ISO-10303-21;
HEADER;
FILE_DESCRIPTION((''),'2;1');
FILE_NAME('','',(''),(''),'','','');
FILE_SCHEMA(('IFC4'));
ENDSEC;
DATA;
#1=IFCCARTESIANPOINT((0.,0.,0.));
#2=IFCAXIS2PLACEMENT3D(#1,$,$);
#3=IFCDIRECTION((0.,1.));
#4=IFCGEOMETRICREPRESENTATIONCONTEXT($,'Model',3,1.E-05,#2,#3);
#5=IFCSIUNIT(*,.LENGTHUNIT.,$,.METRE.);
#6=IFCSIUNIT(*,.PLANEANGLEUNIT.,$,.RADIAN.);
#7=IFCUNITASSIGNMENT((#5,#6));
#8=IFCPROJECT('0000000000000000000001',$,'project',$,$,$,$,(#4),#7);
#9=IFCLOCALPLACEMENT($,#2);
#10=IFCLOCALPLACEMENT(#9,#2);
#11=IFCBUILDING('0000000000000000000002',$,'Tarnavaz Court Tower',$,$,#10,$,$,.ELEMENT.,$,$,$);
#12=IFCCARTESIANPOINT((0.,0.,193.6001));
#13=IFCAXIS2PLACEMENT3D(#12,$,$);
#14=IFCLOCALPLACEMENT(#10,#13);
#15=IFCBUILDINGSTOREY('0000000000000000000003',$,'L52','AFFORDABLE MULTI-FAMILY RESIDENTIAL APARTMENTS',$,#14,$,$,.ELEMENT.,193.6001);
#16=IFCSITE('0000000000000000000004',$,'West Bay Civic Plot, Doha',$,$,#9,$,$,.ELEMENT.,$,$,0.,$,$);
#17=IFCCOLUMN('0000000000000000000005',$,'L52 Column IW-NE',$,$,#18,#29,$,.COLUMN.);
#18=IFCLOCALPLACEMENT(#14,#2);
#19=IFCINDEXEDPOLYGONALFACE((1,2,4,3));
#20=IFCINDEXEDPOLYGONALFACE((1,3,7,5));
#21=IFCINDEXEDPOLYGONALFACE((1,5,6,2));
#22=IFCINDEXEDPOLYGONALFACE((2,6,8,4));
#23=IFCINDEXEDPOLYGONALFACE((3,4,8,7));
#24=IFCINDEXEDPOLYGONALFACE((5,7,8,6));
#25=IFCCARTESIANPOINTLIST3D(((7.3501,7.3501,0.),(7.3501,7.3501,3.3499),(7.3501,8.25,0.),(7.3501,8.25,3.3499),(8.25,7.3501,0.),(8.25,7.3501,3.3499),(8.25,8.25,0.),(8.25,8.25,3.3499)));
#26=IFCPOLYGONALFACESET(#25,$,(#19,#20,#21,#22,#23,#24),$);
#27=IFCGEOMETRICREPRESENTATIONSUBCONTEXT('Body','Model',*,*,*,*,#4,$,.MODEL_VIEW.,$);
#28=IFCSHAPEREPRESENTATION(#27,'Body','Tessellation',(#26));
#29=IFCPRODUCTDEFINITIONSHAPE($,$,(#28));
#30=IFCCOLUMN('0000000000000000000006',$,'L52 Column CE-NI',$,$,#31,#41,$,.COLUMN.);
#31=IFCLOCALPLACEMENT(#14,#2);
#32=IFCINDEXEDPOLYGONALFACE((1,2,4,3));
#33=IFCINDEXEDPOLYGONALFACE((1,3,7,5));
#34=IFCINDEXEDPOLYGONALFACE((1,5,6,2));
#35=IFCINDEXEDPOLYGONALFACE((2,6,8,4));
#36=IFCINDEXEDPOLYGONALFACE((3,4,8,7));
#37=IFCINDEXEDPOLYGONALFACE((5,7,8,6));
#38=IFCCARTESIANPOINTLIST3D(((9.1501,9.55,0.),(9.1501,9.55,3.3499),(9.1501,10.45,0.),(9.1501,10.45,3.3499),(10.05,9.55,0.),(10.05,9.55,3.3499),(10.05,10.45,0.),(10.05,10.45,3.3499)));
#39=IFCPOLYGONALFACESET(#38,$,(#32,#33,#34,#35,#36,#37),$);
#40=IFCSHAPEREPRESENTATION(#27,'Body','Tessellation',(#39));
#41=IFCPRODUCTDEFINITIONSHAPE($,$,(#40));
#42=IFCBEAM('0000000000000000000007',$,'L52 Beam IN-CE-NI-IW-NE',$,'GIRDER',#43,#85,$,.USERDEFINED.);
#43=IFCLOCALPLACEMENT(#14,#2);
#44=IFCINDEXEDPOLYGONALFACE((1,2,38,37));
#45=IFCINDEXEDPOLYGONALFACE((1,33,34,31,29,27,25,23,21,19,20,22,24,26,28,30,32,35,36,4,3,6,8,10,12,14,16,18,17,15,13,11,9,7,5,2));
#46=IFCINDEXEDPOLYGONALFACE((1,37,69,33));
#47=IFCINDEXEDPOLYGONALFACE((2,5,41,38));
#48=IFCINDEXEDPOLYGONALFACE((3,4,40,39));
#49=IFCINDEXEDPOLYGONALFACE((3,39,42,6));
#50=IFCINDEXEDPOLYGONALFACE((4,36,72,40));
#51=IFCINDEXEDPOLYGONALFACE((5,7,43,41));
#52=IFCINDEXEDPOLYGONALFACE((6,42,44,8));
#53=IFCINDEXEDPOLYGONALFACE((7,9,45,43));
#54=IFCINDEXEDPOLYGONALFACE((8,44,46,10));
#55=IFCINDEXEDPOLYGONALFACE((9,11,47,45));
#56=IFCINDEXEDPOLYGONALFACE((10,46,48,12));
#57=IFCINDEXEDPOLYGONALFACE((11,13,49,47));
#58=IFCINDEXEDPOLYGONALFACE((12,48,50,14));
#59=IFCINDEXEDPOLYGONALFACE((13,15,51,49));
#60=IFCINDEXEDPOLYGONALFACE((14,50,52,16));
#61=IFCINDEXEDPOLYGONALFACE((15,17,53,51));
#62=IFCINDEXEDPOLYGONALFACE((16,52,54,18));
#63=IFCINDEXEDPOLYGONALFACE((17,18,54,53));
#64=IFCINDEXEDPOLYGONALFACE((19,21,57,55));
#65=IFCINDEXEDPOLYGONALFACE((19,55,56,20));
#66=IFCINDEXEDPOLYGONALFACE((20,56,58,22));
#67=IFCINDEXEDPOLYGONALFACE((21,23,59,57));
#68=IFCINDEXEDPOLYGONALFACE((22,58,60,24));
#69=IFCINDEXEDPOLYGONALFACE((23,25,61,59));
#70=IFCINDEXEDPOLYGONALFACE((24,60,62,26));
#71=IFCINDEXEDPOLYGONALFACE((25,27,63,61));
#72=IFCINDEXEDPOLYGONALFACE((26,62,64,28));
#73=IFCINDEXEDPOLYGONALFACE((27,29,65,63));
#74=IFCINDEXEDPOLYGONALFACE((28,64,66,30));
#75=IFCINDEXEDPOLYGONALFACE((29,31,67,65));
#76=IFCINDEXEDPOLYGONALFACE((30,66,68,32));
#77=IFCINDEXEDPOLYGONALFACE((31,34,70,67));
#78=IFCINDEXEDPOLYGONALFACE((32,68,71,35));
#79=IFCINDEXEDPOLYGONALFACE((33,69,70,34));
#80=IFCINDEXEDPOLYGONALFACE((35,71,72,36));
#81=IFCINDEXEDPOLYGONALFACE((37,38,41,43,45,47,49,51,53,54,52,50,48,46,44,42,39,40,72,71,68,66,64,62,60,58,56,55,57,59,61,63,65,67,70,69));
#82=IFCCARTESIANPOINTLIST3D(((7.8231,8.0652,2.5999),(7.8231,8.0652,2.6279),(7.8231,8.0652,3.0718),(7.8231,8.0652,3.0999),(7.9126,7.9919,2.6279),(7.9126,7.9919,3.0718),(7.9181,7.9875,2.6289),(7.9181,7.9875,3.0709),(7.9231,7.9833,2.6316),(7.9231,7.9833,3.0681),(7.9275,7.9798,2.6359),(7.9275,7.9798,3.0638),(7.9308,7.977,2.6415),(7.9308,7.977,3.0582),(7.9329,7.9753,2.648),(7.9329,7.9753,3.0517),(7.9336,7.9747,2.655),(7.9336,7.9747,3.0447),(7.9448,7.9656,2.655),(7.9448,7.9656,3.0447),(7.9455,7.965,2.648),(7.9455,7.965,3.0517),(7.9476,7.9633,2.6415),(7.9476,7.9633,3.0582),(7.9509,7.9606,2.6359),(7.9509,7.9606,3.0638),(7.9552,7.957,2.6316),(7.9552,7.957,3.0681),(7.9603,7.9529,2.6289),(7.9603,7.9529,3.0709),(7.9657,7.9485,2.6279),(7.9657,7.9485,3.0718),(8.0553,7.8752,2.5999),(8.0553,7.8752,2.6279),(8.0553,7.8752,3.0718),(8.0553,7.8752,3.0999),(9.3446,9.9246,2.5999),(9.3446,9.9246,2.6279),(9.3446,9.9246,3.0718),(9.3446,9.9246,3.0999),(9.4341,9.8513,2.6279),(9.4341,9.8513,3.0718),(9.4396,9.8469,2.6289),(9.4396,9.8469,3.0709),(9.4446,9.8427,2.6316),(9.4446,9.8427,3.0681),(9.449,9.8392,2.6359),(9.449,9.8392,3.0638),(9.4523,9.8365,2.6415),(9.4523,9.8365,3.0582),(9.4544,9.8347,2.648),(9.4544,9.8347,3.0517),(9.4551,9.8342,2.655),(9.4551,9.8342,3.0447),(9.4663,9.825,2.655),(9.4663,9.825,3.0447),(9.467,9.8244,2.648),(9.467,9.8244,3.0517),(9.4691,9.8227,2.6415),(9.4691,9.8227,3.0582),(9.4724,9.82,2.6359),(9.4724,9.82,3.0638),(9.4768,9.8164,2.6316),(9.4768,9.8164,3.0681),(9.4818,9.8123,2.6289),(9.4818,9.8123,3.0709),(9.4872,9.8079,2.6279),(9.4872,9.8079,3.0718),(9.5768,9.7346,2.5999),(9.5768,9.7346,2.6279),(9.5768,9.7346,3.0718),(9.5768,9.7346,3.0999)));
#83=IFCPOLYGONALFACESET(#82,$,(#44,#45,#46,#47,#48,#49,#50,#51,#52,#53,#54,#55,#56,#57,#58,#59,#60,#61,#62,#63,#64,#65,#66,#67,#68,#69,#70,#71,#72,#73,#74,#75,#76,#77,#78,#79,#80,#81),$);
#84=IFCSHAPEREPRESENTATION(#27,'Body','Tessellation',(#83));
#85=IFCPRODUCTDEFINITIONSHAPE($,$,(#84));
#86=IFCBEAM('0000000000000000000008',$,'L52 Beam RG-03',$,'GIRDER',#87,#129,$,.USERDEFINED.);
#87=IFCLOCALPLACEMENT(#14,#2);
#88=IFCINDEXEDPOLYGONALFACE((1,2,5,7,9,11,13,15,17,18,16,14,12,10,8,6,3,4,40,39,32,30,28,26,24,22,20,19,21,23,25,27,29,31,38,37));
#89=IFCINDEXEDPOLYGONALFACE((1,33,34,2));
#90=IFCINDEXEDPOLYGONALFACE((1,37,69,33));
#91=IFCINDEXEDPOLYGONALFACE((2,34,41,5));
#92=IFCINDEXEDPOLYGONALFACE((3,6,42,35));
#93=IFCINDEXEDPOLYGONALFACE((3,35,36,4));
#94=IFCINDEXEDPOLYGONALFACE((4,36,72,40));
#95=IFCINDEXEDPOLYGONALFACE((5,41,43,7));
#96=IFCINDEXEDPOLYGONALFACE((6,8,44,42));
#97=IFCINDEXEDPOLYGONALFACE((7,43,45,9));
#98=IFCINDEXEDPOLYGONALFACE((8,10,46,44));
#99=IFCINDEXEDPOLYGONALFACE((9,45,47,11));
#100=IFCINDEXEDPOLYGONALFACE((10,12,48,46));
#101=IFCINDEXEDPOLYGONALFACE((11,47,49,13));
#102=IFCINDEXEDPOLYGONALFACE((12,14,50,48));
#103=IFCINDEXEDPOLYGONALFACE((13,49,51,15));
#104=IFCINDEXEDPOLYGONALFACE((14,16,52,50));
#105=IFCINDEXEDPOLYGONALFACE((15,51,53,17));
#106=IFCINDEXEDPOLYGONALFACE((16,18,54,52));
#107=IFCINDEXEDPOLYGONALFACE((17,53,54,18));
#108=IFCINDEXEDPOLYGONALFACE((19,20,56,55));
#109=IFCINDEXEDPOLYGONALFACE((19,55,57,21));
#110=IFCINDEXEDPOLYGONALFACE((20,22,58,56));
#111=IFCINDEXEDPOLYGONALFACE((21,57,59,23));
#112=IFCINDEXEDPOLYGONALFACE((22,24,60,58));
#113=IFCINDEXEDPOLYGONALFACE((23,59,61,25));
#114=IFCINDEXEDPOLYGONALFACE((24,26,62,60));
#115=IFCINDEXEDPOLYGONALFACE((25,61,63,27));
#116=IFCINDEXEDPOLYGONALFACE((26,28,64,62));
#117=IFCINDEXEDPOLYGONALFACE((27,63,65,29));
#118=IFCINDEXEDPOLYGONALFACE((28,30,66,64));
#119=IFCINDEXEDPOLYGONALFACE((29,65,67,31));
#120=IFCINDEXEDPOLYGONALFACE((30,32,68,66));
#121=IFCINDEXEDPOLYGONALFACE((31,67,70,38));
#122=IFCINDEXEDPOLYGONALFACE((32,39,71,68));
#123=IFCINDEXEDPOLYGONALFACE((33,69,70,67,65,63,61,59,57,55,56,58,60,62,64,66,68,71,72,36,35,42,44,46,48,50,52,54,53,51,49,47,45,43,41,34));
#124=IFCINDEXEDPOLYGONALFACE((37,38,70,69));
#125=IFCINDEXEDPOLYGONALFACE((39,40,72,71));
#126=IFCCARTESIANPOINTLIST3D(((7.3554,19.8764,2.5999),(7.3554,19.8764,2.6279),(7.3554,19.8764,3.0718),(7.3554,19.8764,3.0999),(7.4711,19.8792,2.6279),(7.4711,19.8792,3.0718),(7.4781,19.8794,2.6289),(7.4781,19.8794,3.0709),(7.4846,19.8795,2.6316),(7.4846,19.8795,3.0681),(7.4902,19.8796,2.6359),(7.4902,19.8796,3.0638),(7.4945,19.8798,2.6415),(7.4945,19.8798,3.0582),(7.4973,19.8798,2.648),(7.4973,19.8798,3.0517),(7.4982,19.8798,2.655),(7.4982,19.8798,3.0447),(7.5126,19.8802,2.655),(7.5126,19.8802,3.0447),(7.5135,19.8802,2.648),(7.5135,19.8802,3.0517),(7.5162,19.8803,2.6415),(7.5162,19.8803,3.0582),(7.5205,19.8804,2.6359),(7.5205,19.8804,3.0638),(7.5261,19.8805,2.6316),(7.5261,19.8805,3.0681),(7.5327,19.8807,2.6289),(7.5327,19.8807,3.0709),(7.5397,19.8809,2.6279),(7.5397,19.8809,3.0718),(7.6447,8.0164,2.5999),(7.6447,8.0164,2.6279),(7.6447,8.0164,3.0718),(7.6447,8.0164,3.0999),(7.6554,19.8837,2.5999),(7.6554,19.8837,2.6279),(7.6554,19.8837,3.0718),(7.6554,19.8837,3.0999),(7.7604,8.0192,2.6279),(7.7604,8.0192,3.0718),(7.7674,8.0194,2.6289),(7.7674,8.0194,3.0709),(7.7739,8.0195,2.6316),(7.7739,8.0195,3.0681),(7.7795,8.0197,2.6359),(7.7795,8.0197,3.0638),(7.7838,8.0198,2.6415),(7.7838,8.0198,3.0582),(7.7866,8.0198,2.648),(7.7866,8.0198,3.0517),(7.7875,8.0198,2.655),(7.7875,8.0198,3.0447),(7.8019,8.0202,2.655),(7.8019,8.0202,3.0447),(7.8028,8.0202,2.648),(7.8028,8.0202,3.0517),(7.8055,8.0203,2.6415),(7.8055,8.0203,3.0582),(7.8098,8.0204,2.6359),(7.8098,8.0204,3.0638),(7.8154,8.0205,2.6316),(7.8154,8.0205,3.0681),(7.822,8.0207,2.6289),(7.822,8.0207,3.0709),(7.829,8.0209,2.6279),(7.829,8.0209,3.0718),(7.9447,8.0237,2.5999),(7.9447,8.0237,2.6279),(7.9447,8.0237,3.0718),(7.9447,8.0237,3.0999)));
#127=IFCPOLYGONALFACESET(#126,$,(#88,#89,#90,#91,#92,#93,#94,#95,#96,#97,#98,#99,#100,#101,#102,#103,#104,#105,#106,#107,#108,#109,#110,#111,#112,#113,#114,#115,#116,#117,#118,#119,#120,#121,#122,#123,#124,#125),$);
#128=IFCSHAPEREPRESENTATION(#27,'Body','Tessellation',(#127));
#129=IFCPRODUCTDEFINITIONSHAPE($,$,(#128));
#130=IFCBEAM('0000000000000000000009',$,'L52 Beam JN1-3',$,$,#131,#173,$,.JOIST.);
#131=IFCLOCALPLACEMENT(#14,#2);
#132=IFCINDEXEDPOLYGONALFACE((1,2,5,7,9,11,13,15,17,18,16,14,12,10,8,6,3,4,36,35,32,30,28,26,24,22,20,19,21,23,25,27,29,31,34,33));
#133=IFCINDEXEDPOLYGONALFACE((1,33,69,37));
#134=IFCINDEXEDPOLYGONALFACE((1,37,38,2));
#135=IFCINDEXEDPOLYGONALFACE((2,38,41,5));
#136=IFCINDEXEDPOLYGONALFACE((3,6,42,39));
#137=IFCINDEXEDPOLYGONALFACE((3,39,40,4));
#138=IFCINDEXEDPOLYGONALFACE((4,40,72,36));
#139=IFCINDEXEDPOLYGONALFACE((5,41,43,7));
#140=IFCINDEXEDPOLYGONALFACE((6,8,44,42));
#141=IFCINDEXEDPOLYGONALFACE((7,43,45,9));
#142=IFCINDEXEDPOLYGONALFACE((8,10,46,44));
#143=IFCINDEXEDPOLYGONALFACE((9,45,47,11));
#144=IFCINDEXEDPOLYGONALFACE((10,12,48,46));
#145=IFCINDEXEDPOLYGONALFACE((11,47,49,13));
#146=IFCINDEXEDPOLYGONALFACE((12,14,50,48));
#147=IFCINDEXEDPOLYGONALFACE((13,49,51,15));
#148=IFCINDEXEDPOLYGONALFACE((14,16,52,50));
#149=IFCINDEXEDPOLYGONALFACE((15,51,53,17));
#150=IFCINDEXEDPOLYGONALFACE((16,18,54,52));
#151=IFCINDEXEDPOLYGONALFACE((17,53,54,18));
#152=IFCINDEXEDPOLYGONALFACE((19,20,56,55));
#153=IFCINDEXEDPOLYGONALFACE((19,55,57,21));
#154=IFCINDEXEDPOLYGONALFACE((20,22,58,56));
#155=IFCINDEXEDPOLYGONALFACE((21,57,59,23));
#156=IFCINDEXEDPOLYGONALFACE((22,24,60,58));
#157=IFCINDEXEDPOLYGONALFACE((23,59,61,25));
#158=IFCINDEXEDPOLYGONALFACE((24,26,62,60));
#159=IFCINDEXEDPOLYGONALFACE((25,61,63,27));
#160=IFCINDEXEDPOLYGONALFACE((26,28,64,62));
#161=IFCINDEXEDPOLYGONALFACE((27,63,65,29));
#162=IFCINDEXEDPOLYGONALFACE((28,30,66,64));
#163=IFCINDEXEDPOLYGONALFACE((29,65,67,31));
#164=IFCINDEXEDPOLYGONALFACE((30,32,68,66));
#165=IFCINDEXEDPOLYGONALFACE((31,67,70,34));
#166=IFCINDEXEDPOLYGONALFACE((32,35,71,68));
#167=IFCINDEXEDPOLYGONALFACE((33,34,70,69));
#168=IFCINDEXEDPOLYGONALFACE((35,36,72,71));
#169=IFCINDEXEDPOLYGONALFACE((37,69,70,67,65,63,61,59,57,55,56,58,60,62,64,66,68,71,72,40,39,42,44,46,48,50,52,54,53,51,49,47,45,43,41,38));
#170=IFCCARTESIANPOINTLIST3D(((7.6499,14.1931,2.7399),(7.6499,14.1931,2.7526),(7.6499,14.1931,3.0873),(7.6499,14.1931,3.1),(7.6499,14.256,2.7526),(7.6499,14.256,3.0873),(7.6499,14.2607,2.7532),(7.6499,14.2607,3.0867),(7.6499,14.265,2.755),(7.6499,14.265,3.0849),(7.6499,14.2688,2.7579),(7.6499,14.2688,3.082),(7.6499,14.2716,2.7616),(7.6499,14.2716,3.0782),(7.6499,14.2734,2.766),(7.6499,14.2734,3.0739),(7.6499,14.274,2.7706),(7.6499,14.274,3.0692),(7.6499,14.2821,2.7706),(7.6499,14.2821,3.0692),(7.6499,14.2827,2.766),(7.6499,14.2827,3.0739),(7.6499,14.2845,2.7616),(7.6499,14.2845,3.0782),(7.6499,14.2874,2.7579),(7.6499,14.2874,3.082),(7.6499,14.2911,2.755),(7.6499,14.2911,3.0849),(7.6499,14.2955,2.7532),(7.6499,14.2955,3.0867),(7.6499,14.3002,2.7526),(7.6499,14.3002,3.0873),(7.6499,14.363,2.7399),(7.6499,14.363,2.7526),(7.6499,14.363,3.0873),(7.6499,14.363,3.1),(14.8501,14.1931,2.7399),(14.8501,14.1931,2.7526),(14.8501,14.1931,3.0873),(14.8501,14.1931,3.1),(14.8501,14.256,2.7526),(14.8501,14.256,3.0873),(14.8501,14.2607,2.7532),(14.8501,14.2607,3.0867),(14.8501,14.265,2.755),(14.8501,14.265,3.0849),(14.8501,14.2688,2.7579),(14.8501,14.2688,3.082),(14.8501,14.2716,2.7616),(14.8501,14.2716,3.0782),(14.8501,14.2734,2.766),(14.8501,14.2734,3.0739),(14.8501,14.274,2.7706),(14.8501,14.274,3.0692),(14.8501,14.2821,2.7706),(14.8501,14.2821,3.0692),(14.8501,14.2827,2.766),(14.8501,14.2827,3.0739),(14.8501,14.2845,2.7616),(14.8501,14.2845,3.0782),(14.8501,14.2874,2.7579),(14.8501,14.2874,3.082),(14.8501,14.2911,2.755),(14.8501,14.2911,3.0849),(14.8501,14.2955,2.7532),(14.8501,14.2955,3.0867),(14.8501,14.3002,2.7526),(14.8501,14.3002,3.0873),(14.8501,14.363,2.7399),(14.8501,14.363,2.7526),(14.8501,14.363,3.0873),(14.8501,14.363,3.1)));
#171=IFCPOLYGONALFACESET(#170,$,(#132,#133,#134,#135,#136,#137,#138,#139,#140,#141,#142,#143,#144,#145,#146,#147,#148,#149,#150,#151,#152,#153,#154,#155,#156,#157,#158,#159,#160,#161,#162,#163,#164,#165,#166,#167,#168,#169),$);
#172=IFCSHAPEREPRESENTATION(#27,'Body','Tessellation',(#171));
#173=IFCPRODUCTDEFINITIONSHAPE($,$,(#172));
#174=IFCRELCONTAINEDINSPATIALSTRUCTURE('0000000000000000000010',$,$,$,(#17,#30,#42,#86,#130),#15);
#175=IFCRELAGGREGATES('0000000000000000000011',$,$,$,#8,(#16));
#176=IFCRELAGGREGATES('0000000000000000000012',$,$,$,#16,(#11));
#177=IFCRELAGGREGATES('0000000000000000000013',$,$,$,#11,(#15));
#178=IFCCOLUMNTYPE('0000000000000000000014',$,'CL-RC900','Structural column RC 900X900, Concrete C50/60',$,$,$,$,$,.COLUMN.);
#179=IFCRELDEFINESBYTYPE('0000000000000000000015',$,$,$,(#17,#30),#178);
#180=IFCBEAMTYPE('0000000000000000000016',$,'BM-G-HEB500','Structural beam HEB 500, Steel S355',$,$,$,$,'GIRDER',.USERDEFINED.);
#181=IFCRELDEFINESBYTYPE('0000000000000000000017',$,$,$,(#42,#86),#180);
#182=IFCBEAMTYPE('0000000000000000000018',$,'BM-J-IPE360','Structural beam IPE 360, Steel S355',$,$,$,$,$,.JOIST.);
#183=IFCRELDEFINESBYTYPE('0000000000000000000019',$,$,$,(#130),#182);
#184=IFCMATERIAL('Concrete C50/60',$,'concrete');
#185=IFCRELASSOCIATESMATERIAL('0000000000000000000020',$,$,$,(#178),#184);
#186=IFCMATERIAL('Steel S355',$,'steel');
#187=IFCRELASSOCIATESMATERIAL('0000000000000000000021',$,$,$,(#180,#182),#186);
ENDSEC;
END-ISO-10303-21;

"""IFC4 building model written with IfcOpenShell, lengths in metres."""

from ifc_helpers import new_model, si_unit, direction, frame, origin, origin_2d, place, context, subcontext, project, spatial, rectangle, i_section, extrude, material, material_profile, profile_set, type_object, element, save


model = new_model("IFC4")

# Units and contexts
model_context = context("Model", 3, precision=1e-05, world=origin(), true_north=direction((0.0, 1.0)))
body_context = subcontext(model_context, "Body", "Model", "MODEL_VIEW")
ifc_project = project(units=[si_unit("LENGTHUNIT", "METRE"), si_unit("PLANEANGLEUNIT", "RADIAN")], contexts=[model_context])

# Site, building, storey
site_placement = place(None, origin())
site = spatial("IfcSite", under=ifc_project, at=site_placement, Name="West Bay Civic Plot, Doha", CompositionType="ELEMENT", RefElevation=0.0)
building_placement = place(site_placement, origin())
building = spatial("IfcBuilding", under=site, at=building_placement, Name="Tarnavaz Court Tower", CompositionType="ELEMENT")
storey_placement = place(building_placement, frame((0.0, 0.0, 193.6001)))
storey = spatial("IfcBuildingStorey", under=building, at=storey_placement, Name="L52", Description="AFFORDABLE MULTI-FAMILY RESIDENTIAL APARTMENTS", CompositionType="ELEMENT", Elevation=193.6001)

# Columns
ifc_material_1 = material(Name="Concrete C50/60", Category="concrete")
ifc_material_profile_1 = material_profile(ifc_material_1, rectangle(XDim=0.8999, YDim=0.8999, at=origin_2d()), Name="RC 900X900")
ifc_profile_set_1 = profile_set([ifc_material_profile_1], Name="Concrete C50/60")
column_type = type_object("IfcColumnType", Name="CL-RC900", Description="Structural column RC 900X900, Concrete C50/60", PredefinedType="COLUMN", material=ifc_profile_set_1)
for number, where, z_axis, x_axis, name in (
    (1, (7.8, 7.8, 0.0), (0.0, 0.0, 1.0), (1.0, 0.0, 0.0), "L52 Column IW-NE"),
    (2, (9.6001, 10.0, 0.0), (0.0, 0.0, 1.0), (1.0, 0.0, 0.0), "L52 Column CE-NI"),
):
    element("IfcColumn", number, at=place(storey_placement, frame(where, z_axis=z_axis, x_axis=x_axis)), inside=storey, type_object=column_type, Name=name, PredefinedType="COLUMN", context=body_context, shape_type="SweptSolid", body=[
        extrude(rectangle(XDim=0.8999, YDim=0.8999, at=origin_2d()), origin(), (0.0, 0.0, 1.0), 3.3499),
    ])

# Beams
ifc_material_2 = material(Name="Steel S355", Category="steel")
ifc_material_profile_2 = material_profile(ifc_material_2, i_section(OverallWidth=0.3, OverallDepth=0.5, WebThickness=0.0144, FlangeThickness=0.0281, FilletRadius=0.0271, at=origin_2d()), Name="HEB 500")
ifc_profile_set_2 = profile_set([ifc_material_profile_2], Name="Steel S355")
beam_type_1 = type_object("IfcBeamType", Name="BM-G-HEB500", Description="Structural beam HEB 500, Steel S355", ElementType="GIRDER", PredefinedType="USERDEFINED", material=ifc_profile_set_2)
beam_1_placement = place(storey_placement, frame((9.4607, 9.8296, 2.8499), z_axis=(-0.633282, -0.773921, 0.0), x_axis=(0.773921, -0.633282, 0.0)))
element("IfcBeam", 3, at=beam_1_placement, inside=storey, type_object=beam_type_1, Name="L52 Beam IN-CE-NI-IW-NE", ObjectType="GIRDER", PredefinedType="USERDEFINED", context=body_context, shape_type="SweptSolid", body=[
    extrude(i_section(OverallWidth=0.3, OverallDepth=0.5, WebThickness=0.0144, FlangeThickness=0.0281, FilletRadius=0.0271, at=origin_2d()), origin(), (0.0, 0.0, 1.0), 2.4026),
])
beam_2_placement = place(storey_placement, frame((7.7947, 8.02, 2.8499), z_axis=(-0.024386, 0.999703, 0.0), x_axis=(-0.999703, -0.024386, 0.0)))
element("IfcBeam", 4, at=beam_2_placement, inside=storey, type_object=beam_type_1, Name="L52 Beam RG-03", ObjectType="GIRDER", PredefinedType="USERDEFINED", context=body_context, shape_type="SweptSolid", body=[
    extrude(i_section(OverallWidth=0.3, OverallDepth=0.5, WebThickness=0.0144, FlangeThickness=0.0281, FilletRadius=0.0271, at=origin_2d()), origin(), (0.0, 0.0, 1.0), 11.8635),
])
ifc_material_profile_3 = material_profile(ifc_material_2, i_section(OverallWidth=0.1699, OverallDepth=0.3601, WebThickness=0.0081, FlangeThickness=0.0127, FilletRadius=0.0181, at=origin_2d()), Name="IPE 360")
ifc_profile_set_3 = profile_set([ifc_material_profile_3], Name="Steel S355")
beam_type_2 = type_object("IfcBeamType", Name="BM-J-IPE360", Description="Structural beam IPE 360, Steel S355", PredefinedType="JOIST", material=ifc_profile_set_3)
for number, where, z_axis, x_axis, name in (
    (5, (7.6499, 14.2781, 2.9199), (1.0, 0.0, 0.0), (0.0, 1.0, 0.0), "L52 Beam JN1-3"),
):
    element("IfcBeam", number, at=place(storey_placement, frame(where, z_axis=z_axis, x_axis=x_axis)), inside=storey, type_object=beam_type_2, Name=name, PredefinedType="JOIST", context=body_context, shape_type="SweptSolid", body=[
        extrude(i_section(OverallWidth=0.1699, OverallDepth=0.3601, WebThickness=0.0081, FlangeThickness=0.0127, FilletRadius=0.0181, at=origin_2d()), origin(), (0.0, 0.0, 1.0), 7.2002),
    ])

save(model, "model.ifc")
